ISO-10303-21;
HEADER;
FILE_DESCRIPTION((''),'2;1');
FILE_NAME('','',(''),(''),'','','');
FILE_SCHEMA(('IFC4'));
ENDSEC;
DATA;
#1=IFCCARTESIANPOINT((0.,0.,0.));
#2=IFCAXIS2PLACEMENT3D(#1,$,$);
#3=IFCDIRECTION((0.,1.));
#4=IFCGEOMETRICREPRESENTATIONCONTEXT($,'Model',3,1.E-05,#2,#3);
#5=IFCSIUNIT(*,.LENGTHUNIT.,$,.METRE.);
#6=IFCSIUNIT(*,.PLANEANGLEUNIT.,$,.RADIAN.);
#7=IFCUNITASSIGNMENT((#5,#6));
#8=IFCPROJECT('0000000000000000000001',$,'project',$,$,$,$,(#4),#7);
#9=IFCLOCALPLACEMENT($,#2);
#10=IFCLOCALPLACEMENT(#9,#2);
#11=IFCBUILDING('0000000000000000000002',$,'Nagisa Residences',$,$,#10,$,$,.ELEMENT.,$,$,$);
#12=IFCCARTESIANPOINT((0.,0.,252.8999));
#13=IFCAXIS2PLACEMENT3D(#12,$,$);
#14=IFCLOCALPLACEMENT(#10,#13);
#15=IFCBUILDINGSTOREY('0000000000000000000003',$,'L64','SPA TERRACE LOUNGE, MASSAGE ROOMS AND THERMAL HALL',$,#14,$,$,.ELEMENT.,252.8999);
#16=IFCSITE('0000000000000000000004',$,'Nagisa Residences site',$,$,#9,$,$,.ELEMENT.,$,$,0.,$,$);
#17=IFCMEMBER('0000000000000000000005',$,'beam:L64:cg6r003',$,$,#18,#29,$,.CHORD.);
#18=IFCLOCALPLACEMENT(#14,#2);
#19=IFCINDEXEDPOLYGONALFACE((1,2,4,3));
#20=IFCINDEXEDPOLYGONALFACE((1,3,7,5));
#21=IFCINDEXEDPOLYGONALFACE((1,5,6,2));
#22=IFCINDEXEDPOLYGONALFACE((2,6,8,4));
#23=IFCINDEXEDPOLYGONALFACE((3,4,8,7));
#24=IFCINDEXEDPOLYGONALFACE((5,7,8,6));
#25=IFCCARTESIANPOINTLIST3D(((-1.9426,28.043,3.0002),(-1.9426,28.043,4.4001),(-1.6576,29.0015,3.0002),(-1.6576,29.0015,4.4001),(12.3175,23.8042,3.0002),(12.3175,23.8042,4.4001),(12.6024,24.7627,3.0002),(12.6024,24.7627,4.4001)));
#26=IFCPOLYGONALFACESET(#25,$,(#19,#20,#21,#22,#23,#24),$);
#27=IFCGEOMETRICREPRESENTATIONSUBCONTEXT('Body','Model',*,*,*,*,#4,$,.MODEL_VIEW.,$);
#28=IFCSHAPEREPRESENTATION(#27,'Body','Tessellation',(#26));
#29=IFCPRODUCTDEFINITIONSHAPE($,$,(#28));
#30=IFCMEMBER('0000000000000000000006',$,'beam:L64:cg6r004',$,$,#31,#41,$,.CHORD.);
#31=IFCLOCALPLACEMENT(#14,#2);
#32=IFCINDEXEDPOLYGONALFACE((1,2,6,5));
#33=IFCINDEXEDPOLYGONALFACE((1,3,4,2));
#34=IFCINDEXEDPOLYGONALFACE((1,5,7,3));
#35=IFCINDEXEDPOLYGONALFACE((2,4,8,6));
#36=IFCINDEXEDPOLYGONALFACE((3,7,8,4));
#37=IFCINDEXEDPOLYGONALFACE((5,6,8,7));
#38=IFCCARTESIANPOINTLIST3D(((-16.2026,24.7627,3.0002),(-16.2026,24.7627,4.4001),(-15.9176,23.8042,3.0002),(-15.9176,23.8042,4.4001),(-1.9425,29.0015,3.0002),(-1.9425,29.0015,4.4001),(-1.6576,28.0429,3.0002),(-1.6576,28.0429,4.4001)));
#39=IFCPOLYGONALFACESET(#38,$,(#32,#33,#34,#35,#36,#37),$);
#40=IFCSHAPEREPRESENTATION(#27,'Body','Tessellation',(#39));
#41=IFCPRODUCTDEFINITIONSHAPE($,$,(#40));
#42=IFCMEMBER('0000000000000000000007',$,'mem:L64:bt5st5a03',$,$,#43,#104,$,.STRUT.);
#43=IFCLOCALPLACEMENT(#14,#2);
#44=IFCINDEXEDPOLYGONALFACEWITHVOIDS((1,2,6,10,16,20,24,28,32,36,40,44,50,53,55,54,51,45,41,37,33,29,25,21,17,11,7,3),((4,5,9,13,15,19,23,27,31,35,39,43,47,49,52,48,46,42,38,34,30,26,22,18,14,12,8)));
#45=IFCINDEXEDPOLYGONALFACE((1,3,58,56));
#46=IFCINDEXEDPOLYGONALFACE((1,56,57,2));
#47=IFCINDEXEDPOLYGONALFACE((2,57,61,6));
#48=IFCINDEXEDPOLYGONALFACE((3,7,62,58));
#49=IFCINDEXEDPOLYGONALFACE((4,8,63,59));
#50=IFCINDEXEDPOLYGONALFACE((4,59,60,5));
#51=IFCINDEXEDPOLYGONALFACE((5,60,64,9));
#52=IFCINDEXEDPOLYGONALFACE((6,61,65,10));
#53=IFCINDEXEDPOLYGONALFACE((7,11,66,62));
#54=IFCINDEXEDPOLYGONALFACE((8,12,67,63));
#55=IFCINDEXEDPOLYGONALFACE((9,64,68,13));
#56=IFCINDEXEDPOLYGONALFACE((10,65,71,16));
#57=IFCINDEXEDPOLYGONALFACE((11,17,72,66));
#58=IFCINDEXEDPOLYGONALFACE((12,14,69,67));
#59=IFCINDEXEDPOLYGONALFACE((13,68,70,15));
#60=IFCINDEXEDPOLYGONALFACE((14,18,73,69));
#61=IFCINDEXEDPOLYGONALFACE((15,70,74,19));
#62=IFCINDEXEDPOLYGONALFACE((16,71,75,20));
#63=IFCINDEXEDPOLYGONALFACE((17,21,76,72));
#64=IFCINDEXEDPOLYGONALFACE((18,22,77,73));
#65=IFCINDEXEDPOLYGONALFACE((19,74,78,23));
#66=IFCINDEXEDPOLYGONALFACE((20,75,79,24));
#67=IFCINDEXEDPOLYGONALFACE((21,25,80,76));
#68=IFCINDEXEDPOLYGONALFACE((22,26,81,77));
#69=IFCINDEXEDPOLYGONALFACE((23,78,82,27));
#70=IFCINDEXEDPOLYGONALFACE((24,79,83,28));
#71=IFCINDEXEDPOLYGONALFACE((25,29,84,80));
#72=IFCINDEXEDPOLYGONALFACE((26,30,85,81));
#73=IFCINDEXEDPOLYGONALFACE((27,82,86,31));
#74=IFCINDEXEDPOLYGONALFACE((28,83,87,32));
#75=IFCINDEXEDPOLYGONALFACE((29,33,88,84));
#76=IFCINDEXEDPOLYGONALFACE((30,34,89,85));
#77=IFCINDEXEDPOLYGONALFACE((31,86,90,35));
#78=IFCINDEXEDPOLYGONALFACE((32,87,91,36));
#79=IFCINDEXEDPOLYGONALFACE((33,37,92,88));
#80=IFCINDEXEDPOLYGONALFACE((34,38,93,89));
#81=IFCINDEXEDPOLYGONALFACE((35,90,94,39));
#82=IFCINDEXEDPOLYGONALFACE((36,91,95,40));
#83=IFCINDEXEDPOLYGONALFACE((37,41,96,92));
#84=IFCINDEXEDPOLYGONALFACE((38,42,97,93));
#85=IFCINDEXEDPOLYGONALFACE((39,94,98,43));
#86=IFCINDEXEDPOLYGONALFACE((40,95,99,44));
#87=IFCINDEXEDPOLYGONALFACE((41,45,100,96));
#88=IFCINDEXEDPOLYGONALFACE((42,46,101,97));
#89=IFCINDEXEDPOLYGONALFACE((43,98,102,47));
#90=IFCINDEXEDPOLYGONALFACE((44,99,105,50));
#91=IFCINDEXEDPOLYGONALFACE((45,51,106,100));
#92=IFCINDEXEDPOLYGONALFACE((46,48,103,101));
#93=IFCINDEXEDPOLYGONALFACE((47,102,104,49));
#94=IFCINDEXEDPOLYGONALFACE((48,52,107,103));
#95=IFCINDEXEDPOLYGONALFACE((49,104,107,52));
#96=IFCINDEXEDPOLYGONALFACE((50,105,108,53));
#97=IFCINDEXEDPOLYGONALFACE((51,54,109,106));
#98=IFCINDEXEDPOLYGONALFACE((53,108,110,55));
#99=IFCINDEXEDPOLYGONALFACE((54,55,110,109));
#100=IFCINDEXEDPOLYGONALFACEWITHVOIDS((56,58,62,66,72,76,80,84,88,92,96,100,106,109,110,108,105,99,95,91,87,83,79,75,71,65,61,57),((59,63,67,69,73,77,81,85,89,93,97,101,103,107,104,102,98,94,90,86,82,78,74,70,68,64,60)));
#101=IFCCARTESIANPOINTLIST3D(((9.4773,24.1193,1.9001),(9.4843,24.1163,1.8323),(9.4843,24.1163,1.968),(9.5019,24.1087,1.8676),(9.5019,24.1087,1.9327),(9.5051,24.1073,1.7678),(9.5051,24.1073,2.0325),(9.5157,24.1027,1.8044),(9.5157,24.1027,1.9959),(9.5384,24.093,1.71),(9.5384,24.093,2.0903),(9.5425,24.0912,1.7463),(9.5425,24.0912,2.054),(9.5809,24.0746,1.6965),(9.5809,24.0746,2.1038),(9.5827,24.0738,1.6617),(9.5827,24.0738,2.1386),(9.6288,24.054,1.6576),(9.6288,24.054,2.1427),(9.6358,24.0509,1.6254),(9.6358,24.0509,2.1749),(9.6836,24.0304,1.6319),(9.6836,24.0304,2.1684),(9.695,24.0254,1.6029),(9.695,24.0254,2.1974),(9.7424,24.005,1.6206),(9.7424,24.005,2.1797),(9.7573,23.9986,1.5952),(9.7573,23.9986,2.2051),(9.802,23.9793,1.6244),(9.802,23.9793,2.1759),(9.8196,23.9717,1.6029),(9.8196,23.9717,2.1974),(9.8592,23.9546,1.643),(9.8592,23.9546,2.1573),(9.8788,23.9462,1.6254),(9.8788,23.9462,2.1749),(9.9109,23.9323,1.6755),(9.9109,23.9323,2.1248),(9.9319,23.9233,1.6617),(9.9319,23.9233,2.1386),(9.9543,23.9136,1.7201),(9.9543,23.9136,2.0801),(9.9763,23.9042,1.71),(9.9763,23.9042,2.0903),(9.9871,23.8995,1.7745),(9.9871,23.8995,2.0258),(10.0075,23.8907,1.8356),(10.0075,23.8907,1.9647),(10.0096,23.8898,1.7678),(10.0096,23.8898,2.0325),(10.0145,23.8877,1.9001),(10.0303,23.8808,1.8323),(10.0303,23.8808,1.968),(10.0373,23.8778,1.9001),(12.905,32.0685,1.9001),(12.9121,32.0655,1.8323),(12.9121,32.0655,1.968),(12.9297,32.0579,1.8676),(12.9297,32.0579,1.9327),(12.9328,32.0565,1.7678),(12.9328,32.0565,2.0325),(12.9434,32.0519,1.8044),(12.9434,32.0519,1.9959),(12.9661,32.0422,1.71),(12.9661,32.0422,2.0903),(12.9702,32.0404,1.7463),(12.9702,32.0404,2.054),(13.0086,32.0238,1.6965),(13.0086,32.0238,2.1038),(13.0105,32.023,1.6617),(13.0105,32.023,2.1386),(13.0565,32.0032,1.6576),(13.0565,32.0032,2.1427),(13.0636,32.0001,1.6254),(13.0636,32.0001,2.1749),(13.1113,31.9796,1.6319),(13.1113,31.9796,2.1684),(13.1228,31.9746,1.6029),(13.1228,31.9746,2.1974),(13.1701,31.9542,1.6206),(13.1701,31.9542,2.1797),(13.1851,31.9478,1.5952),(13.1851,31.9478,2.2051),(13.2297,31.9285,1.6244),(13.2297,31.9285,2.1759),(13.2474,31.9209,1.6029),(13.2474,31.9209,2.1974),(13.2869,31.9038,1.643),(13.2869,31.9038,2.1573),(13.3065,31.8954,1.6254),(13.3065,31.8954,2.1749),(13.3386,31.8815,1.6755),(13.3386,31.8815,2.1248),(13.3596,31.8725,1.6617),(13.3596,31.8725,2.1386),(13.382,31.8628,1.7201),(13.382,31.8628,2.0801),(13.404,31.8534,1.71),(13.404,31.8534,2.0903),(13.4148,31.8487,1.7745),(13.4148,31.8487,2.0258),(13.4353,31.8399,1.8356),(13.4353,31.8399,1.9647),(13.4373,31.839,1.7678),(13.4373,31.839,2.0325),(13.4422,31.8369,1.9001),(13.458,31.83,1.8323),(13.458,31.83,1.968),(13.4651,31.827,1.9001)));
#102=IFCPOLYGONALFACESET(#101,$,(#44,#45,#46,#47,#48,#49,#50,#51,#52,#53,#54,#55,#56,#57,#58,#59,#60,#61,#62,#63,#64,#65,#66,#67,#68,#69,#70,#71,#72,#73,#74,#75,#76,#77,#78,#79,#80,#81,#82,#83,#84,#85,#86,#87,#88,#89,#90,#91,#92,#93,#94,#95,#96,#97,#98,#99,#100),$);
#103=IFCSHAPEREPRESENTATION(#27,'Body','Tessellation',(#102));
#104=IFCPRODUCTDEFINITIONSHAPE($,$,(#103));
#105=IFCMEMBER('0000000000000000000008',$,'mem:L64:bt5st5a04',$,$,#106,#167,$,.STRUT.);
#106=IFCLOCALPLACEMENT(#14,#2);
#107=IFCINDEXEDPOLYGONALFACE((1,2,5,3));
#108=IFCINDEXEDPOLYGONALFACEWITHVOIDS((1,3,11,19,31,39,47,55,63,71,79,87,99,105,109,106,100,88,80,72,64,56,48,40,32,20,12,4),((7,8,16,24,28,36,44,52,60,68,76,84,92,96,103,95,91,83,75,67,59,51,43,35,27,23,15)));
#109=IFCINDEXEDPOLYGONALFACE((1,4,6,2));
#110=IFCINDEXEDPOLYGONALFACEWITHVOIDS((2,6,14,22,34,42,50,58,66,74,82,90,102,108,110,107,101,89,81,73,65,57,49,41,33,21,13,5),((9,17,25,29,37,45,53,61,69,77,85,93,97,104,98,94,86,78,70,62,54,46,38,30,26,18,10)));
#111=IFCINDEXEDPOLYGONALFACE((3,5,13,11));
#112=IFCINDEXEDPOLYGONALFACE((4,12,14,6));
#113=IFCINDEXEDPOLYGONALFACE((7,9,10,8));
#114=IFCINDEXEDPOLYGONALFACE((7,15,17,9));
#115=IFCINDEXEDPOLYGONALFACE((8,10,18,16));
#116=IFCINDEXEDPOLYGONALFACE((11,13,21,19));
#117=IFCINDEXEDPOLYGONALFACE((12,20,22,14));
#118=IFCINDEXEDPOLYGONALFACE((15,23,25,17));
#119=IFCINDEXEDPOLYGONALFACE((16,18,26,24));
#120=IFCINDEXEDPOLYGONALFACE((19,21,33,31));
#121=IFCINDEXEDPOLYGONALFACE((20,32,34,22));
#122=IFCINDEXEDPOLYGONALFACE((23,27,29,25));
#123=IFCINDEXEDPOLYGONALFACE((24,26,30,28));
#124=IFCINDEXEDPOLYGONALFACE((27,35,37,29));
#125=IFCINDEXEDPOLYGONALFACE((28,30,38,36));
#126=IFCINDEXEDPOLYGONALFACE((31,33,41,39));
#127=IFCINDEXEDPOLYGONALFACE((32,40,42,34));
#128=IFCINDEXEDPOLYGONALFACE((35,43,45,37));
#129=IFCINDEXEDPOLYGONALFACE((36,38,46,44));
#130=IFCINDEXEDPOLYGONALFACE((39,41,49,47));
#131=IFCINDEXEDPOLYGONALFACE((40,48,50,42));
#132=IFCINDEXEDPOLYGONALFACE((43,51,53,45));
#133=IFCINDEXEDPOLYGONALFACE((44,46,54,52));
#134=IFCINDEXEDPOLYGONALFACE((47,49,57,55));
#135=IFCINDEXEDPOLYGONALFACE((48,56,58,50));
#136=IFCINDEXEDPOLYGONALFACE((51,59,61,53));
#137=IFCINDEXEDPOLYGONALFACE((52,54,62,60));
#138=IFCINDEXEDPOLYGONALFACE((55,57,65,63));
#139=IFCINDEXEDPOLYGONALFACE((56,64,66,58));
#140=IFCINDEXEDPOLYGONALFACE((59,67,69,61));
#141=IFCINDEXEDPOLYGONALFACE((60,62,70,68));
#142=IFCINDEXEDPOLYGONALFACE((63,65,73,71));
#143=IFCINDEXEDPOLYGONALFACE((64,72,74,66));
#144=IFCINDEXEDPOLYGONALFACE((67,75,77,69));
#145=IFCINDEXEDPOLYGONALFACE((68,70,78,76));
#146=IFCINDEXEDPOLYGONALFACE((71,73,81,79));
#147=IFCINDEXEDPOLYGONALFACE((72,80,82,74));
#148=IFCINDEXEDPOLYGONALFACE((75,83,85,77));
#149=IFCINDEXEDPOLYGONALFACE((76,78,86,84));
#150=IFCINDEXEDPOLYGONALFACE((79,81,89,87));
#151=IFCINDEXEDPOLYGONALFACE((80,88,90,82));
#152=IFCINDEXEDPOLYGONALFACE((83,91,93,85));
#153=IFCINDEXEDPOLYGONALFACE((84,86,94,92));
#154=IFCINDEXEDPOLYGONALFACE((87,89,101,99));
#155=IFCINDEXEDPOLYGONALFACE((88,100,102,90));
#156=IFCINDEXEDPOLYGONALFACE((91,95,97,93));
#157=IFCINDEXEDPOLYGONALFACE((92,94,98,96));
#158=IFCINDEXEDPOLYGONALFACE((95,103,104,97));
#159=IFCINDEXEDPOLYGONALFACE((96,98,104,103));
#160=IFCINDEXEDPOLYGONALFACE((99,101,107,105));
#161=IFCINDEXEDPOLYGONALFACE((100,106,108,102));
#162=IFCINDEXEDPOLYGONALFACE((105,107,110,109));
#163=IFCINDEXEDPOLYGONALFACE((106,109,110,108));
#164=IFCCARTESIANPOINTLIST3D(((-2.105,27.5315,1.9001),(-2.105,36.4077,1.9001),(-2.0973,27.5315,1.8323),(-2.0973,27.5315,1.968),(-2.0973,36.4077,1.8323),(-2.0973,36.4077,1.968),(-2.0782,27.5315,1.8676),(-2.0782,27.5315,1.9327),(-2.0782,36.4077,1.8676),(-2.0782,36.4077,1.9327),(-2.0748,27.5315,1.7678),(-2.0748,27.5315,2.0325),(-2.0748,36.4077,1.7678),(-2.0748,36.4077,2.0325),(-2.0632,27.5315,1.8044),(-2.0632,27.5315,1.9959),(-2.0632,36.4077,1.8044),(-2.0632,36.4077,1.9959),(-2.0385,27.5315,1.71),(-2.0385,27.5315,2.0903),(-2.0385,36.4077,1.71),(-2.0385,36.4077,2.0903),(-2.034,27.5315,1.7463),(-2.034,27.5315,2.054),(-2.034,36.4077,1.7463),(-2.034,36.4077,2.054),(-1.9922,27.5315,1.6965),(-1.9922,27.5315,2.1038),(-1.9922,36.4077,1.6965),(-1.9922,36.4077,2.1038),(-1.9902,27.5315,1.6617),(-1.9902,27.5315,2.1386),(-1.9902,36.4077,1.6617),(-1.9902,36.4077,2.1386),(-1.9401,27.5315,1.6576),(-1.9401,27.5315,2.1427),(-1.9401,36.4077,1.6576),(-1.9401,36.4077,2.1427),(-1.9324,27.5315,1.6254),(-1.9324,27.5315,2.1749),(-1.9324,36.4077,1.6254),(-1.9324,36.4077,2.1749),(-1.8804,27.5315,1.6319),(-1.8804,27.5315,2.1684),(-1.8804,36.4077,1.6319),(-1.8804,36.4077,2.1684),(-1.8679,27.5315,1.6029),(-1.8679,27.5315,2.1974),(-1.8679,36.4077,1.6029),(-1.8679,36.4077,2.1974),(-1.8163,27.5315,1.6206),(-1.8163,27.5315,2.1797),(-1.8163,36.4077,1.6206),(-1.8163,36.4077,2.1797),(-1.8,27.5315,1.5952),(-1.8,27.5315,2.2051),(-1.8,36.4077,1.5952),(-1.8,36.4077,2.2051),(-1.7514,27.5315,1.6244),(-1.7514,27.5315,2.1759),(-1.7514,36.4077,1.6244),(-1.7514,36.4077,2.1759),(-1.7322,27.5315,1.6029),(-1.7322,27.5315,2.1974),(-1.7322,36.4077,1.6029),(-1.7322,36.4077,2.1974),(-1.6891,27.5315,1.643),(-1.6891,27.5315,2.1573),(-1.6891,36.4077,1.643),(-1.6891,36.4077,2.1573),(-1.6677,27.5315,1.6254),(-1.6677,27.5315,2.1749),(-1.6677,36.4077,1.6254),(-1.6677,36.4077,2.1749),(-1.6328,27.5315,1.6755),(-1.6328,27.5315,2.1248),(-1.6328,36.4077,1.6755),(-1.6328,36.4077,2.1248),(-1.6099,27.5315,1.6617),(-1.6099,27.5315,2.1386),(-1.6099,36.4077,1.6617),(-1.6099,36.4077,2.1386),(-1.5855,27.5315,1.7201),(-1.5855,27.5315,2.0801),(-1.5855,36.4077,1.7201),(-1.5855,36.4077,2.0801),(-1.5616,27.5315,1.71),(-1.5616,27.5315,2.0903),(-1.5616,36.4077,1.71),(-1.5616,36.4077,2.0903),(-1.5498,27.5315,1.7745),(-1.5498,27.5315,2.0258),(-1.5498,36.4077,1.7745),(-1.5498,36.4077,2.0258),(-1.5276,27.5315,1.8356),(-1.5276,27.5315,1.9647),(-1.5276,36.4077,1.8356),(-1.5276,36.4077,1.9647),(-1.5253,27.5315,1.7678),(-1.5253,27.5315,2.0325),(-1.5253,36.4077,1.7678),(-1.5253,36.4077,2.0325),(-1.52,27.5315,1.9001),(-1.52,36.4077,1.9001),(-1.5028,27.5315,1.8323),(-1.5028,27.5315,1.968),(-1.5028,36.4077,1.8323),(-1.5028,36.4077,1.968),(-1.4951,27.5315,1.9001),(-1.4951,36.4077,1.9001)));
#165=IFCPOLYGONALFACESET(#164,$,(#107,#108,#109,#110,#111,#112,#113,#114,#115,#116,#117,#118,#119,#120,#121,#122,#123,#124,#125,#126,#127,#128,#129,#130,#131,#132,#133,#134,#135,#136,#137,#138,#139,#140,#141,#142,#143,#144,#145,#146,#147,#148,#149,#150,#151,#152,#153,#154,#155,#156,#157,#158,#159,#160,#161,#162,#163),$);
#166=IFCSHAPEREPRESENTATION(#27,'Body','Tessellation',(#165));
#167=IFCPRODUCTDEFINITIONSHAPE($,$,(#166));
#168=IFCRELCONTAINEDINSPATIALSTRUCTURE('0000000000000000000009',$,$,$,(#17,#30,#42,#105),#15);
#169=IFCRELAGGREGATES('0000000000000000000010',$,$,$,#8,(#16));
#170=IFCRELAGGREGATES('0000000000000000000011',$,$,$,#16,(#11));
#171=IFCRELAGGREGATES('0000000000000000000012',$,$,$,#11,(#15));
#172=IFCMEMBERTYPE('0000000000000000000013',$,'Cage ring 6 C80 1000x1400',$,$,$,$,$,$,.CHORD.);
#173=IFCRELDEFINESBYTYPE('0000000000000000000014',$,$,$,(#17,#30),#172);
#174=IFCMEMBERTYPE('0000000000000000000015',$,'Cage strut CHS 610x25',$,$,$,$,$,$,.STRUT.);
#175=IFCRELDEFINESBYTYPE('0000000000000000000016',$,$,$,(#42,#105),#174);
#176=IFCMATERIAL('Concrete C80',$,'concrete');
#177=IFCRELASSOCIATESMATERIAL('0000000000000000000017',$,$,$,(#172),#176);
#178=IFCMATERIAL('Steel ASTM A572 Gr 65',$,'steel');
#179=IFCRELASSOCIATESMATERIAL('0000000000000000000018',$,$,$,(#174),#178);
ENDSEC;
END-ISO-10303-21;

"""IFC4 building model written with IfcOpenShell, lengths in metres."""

from ifc_helpers import new_model, si_unit, direction, frame, origin, origin_2d, place, context, subcontext, project, spatial, rectangle, hollow_circle, extrude, material, material_profile, profile_set, type_object, element, save


model = new_model("IFC4")

# Units and contexts
model_context = context("Model", 3, precision=1e-05, world=origin(), true_north=direction((0.0, 1.0)))
body_context = subcontext(model_context, "Body", "Model", "MODEL_VIEW")
ifc_project = project(units=[si_unit("LENGTHUNIT", "METRE"), si_unit("PLANEANGLEUNIT", "RADIAN")], contexts=[model_context])

# Site, building, storey
site_placement = place(None, origin())
site = spatial("IfcSite", under=ifc_project, at=site_placement, Name="Nagisa Residences site", CompositionType="ELEMENT", RefElevation=0.0)
building_placement = place(site_placement, origin())
building = spatial("IfcBuilding", under=site, at=building_placement, Name="Nagisa Residences", CompositionType="ELEMENT")
storey_placement = place(building_placement, frame((0.0, 0.0, 252.8999)))
storey = spatial("IfcBuildingStorey", under=building, at=storey_placement, Name="L64", Description="SPA TERRACE LOUNGE, MASSAGE ROOMS AND THERMAL HALL", CompositionType="ELEMENT", Elevation=252.8999)

# Members
ifc_material_1 = material(Name="Concrete C80", Category="concrete")
ifc_material_profile_1 = material_profile(ifc_material_1, rectangle(XDim=1.0, YDim=1.3999, at=origin_2d()), Name="C80 1000x1400")
ifc_profile_set_1 = profile_set([ifc_material_profile_1], Name="Concrete C80")
member_type_1 = type_object("IfcMemberType", Name="Cage ring 6 C80 1000x1400", PredefinedType="CHORD", material=ifc_profile_set_1)
for number, where, z_axis, x_axis, name in (
    (1, (12.46, 24.2834, 3.7002), (-0.958549, 0.284927, 0.0), (-0.284927, -0.958549, 0.0), "beam:L64:cg6r003"),
    (2, (-1.8, 28.5222, 3.7002), (-0.958549, -0.284927, 0.0), (0.284927, -0.958549, 0.0), "beam:L64:cg6r004"),
):
    element("IfcMember", number, at=place(storey_placement, frame(where, z_axis=z_axis, x_axis=x_axis)), inside=storey, type_object=member_type_1, Name=name, PredefinedType="CHORD", context=body_context, shape_type="SweptSolid", body=[
        extrude(rectangle(XDim=1.0, YDim=1.3999, at=origin_2d()), origin(), (0.0, 0.0, 1.0), 14.8767),
    ])
ifc_material_2 = material(Name="Steel ASTM A572 Gr 65", Category="steel")
ifc_material_profile_2 = material_profile(ifc_material_2, hollow_circle(Radius=0.3049, WallThickness=0.0249, at=origin_2d()), Name="CHS 610x25")
ifc_profile_set_2 = profile_set([ifc_material_profile_2], Name="Steel ASTM A572 Gr 65")
member_type_2 = type_object("IfcMemberType", Name="Cage strut CHS 610x25", PredefinedType="STRUT", material=ifc_profile_set_2)
member_1_placement = place(storey_placement, frame((13.1851, 31.9478, 1.9001), z_axis=(-0.395961, -0.918268, 0.0), x_axis=(0.918268, -0.395961, 0.0)))
element("IfcMember", 3, at=member_1_placement, inside=storey, type_object=member_type_2, Name="mem:L64:bt5st5a03", PredefinedType="STRUT", context=body_context, shape_type="SweptSolid", body=[
    extrude(hollow_circle(Radius=0.3049, WallThickness=0.0249, at=origin_2d()), origin(), (0.0, 0.0, 1.0), 8.6567),
])
member_2_placement = place(storey_placement, frame((-1.8, 36.4077, 1.9001), z_axis=(0.0, -1.0, 0.0), x_axis=(1.0, 0.0, 0.0)))
element("IfcMember", 4, at=member_2_placement, inside=storey, type_object=member_type_2, Name="mem:L64:bt5st5a04", PredefinedType="STRUT", context=body_context, shape_type="SweptSolid", body=[
    extrude(hollow_circle(Radius=0.3049, WallThickness=0.0249, at=origin_2d()), origin(), (0.0, 0.0, 1.0), 8.8762),
])

save(model, "model.ifc")
